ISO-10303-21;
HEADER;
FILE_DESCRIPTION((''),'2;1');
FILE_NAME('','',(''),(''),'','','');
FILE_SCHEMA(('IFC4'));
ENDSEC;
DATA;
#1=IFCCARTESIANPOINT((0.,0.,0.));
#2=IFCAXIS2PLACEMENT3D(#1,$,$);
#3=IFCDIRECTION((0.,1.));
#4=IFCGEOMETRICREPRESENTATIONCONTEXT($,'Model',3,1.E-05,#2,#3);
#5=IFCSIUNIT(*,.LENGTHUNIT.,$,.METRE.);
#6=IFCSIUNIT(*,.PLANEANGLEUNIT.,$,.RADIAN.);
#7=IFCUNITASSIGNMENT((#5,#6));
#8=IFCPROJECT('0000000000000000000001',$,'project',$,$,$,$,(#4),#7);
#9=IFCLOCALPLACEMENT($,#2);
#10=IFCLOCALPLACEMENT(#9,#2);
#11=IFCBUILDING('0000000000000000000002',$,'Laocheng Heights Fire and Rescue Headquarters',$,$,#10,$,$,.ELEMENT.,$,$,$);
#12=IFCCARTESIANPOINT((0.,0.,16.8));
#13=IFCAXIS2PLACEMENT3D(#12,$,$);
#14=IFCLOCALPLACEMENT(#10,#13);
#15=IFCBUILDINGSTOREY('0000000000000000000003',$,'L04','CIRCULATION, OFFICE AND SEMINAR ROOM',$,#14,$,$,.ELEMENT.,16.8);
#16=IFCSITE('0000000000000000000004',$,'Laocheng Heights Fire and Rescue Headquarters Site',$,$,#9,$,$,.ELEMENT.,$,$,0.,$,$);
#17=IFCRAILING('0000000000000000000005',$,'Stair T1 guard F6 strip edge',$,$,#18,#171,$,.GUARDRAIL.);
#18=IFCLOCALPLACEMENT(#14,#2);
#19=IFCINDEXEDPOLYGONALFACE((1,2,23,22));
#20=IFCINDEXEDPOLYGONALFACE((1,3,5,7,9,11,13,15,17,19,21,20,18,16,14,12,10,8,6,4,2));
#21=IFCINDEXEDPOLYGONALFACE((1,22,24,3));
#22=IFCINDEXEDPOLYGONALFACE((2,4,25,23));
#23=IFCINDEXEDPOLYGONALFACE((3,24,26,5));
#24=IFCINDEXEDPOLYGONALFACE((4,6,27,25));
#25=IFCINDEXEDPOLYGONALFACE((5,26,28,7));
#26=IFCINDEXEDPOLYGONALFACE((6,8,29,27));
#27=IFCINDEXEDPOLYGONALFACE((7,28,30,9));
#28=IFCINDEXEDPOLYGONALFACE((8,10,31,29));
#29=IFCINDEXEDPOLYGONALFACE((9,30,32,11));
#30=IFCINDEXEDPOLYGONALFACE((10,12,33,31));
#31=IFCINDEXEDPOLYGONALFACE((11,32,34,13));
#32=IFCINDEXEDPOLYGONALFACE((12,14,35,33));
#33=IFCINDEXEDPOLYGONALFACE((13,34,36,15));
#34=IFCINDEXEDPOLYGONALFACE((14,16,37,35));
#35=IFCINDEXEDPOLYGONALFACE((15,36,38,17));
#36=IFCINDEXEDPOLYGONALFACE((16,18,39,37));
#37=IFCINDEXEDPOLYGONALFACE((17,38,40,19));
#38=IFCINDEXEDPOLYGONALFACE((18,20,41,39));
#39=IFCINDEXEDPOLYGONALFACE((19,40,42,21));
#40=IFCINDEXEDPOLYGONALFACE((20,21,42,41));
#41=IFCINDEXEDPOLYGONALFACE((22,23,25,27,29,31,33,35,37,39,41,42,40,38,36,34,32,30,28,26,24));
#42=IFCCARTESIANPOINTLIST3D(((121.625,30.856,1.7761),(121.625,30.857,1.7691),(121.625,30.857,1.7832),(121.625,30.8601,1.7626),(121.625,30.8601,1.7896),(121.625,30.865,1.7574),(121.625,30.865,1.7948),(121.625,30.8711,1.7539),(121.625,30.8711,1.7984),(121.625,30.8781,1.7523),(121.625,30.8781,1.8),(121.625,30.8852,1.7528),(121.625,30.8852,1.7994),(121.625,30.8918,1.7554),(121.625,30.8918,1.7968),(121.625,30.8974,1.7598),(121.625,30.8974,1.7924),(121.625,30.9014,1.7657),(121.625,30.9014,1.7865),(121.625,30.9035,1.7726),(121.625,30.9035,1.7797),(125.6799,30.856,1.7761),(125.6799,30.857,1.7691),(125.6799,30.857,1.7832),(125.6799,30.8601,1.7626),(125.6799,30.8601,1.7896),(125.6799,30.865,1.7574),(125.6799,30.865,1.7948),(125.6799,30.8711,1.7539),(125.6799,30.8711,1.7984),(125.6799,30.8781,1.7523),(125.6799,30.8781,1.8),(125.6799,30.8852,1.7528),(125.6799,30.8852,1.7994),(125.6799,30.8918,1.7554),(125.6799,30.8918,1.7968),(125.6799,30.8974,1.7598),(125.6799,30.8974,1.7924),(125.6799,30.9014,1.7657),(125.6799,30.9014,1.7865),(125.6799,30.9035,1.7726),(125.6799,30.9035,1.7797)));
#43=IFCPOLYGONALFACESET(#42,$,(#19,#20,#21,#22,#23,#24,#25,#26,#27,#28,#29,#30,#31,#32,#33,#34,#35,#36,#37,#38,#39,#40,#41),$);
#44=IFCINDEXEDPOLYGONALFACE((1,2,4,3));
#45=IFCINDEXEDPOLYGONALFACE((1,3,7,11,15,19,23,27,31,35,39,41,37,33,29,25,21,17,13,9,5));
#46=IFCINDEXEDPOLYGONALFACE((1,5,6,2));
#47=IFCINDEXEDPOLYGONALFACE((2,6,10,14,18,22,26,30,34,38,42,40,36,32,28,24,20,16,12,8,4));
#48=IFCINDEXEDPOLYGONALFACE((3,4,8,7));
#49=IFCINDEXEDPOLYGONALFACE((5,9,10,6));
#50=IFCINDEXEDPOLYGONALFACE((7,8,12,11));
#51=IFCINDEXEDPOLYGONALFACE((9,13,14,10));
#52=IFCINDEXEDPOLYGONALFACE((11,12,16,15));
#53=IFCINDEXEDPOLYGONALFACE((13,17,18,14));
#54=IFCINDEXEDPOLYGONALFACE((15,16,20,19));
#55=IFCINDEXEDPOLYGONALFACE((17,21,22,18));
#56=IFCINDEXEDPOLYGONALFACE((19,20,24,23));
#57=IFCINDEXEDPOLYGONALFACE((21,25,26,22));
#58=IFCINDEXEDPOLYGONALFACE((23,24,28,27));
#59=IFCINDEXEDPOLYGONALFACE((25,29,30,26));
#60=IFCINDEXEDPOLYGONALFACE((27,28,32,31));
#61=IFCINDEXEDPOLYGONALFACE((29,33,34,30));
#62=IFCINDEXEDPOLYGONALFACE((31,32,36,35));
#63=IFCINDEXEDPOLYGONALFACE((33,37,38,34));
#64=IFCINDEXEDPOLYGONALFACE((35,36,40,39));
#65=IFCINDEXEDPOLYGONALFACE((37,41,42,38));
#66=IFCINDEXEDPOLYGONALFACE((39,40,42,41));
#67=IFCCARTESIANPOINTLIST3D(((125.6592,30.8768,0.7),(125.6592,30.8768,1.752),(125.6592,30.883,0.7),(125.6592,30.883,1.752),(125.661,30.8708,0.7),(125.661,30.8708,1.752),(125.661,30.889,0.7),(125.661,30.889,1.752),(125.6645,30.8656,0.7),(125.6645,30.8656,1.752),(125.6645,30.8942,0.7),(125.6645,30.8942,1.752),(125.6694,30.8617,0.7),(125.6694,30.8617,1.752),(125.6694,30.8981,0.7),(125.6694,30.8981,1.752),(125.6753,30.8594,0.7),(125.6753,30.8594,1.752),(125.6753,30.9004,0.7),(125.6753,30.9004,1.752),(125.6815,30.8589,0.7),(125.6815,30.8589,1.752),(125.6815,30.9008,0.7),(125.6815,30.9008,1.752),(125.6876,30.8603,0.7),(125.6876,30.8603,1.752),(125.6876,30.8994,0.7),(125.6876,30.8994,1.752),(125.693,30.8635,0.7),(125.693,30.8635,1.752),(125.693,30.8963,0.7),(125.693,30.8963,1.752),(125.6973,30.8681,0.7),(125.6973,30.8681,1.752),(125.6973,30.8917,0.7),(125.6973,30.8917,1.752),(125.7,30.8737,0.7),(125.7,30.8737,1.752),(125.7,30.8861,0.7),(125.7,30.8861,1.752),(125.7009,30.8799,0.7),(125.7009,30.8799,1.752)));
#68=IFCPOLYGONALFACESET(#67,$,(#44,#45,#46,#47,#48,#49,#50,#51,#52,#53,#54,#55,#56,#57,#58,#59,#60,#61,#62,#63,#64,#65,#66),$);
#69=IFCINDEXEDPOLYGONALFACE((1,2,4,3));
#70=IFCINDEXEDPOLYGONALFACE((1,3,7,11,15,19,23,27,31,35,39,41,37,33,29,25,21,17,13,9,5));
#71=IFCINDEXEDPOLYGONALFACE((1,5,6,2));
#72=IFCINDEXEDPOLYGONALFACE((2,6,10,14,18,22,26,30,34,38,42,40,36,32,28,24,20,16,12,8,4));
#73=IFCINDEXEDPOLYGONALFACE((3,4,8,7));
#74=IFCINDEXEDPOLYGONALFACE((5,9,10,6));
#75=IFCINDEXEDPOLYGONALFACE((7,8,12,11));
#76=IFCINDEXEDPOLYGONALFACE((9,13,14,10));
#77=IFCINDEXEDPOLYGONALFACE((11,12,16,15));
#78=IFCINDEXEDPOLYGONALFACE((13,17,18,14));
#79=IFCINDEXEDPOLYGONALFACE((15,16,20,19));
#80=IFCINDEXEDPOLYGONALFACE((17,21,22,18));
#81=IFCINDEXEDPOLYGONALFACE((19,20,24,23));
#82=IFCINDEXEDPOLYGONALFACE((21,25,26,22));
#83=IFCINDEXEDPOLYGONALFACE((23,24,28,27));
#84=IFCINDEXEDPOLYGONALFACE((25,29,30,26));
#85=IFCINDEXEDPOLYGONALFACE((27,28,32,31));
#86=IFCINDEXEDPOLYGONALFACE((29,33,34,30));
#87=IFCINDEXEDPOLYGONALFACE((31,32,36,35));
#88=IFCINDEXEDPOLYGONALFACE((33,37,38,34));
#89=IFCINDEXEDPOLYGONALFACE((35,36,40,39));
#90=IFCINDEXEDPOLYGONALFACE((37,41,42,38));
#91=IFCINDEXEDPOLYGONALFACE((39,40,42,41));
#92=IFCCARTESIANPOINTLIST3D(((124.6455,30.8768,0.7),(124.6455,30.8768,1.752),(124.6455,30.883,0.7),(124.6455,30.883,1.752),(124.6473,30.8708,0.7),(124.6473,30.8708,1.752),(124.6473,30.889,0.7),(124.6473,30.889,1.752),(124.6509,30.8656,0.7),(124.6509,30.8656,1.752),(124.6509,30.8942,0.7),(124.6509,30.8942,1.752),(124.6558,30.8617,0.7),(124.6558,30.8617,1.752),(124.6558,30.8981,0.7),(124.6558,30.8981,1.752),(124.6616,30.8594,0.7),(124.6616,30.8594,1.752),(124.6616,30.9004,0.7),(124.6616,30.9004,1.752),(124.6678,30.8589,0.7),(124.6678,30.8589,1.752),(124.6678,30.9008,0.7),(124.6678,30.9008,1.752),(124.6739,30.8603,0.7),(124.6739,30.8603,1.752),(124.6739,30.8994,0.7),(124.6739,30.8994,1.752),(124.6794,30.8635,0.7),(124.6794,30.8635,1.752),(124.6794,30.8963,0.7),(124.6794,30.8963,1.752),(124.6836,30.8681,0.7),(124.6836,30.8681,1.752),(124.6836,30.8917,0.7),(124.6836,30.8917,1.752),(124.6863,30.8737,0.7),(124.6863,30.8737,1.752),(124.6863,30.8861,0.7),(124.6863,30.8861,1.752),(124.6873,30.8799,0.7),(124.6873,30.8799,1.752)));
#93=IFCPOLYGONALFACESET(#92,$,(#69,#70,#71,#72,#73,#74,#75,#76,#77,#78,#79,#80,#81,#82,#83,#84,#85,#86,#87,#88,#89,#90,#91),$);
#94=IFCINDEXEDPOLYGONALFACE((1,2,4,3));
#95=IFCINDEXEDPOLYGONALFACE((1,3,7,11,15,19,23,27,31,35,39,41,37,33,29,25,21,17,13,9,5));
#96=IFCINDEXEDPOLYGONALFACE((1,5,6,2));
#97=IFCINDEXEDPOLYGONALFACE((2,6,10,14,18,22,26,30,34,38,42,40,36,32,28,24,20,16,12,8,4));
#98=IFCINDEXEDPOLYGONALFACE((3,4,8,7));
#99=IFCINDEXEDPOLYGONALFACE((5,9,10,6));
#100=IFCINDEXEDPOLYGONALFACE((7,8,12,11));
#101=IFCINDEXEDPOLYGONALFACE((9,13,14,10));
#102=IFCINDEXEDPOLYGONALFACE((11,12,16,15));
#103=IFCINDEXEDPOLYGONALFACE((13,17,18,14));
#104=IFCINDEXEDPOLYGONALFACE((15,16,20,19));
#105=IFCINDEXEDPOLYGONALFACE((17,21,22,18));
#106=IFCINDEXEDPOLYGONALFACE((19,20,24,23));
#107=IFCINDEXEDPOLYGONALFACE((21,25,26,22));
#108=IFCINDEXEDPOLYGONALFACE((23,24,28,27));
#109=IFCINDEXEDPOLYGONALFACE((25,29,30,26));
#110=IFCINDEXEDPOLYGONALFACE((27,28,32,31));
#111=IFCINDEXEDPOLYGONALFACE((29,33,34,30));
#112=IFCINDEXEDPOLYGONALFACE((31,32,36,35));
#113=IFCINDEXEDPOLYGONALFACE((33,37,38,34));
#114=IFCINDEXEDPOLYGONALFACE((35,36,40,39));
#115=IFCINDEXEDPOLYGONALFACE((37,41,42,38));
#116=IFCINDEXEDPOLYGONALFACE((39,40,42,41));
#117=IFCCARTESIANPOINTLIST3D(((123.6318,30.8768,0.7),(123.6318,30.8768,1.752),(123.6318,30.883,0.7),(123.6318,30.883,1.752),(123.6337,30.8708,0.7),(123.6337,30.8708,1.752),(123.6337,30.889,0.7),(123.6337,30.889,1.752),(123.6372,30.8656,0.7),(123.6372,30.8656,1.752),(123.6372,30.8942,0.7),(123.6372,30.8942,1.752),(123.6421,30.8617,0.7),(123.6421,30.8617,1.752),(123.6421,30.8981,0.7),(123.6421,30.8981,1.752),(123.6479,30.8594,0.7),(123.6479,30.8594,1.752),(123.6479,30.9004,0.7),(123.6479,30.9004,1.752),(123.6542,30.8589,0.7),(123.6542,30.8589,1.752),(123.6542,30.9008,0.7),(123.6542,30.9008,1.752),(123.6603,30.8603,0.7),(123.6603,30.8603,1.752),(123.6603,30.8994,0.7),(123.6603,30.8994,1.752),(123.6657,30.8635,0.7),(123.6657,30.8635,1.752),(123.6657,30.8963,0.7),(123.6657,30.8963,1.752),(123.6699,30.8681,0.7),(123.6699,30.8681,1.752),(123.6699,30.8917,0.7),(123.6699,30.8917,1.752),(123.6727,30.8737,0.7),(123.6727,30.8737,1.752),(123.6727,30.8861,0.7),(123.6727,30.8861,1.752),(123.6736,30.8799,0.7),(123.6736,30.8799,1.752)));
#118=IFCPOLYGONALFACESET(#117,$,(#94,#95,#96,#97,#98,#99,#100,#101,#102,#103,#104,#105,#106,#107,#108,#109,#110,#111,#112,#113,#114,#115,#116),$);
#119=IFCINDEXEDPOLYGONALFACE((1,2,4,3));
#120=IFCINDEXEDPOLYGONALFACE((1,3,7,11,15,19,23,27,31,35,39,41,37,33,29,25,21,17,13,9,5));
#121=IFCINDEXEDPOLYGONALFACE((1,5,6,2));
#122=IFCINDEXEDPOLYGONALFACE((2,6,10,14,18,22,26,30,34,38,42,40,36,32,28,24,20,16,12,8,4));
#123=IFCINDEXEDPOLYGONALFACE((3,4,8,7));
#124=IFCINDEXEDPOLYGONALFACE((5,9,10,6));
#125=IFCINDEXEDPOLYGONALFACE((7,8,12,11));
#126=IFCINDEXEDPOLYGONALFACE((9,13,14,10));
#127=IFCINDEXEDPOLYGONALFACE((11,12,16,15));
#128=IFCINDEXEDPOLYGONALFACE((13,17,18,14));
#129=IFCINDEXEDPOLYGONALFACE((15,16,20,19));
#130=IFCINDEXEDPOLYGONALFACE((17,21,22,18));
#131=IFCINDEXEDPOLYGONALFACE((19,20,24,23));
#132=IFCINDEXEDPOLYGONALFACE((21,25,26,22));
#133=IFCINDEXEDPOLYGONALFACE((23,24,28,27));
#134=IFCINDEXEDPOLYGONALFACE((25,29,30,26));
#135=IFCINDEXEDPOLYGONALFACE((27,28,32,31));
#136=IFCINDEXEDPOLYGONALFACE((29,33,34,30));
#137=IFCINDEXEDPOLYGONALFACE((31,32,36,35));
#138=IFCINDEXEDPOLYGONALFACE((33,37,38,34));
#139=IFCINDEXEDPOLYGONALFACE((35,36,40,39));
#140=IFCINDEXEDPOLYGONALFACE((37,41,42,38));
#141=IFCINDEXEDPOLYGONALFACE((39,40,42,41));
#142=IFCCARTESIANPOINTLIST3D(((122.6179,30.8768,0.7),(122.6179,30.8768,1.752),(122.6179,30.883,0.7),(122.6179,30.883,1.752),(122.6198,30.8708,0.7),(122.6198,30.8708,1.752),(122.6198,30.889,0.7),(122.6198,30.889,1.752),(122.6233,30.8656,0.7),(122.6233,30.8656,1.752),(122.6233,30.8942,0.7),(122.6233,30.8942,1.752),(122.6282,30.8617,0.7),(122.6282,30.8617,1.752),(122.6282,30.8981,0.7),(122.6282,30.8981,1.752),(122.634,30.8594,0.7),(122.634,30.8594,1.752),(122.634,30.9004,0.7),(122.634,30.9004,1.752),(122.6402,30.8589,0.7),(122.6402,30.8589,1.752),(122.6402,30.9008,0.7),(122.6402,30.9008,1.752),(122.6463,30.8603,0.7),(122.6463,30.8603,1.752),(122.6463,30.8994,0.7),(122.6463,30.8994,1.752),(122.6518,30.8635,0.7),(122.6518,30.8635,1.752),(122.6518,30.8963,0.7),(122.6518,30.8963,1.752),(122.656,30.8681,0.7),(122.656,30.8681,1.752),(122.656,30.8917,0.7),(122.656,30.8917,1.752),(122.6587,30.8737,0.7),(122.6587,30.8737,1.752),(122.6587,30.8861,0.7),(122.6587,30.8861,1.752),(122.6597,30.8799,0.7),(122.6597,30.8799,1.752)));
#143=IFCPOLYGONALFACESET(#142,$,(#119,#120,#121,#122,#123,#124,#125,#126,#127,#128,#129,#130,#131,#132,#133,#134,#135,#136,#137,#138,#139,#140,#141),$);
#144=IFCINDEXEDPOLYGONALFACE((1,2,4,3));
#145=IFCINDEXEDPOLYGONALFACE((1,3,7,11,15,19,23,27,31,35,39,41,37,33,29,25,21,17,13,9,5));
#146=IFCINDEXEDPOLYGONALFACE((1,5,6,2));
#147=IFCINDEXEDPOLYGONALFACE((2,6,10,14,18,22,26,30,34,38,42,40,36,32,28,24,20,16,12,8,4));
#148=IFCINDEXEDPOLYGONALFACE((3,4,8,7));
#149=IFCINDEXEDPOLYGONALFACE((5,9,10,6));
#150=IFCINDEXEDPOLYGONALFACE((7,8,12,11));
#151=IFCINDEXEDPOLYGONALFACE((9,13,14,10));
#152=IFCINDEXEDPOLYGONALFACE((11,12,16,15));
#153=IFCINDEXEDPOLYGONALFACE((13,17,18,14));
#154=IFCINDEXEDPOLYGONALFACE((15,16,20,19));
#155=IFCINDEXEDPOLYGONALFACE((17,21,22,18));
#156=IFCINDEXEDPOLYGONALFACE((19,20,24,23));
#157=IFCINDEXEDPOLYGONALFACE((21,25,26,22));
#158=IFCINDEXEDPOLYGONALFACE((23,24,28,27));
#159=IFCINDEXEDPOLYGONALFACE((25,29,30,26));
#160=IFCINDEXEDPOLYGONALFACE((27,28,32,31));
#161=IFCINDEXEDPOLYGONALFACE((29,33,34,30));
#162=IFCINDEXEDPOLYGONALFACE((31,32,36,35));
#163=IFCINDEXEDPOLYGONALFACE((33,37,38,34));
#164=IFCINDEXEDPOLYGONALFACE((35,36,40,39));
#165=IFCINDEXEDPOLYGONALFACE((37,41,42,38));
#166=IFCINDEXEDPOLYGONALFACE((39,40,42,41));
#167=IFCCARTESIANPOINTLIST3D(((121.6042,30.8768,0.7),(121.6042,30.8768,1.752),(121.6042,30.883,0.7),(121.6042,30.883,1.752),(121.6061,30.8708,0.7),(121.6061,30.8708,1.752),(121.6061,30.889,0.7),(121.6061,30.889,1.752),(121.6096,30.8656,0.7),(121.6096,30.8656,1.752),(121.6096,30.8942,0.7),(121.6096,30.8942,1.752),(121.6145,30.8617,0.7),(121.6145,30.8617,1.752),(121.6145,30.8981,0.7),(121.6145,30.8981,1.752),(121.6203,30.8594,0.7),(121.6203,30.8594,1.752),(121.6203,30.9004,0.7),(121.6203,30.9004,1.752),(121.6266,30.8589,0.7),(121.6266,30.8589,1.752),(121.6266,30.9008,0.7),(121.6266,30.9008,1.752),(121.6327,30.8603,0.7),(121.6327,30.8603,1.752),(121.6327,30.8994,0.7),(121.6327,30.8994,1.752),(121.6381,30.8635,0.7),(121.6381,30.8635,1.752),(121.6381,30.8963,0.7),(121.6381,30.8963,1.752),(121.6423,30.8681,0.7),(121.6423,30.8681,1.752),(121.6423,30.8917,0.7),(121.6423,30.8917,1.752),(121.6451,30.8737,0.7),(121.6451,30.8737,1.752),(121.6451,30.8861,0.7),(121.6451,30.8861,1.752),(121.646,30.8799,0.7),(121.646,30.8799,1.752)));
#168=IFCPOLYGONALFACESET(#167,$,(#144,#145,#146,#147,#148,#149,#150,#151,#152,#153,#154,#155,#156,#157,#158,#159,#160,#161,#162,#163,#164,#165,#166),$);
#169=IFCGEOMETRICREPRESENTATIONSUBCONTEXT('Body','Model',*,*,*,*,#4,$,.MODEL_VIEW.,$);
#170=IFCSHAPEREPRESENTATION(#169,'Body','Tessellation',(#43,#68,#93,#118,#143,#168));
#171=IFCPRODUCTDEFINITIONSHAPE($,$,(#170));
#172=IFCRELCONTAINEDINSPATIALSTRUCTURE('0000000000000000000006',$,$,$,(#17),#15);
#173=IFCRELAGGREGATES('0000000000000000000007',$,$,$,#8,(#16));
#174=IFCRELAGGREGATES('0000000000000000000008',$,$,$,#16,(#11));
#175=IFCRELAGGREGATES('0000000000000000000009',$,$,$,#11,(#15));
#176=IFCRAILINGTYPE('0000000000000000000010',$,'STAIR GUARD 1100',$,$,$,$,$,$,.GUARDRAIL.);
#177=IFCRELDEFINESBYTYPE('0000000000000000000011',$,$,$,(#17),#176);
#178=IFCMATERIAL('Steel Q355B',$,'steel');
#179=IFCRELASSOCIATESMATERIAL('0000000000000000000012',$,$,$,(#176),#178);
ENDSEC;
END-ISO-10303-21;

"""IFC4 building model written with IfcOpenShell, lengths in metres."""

from ifc_helpers import new_model, si_unit, direction, frame, origin, origin_2d, place, context, subcontext, project, spatial, circle, extrude, material, type_object, element, save


model = new_model("IFC4")

# Units and contexts
model_context = context("Model", 3, precision=1e-05, world=origin(), true_north=direction((0.0, 1.0)))
body_context = subcontext(model_context, "Body", "Model", "MODEL_VIEW")
ifc_project = project(units=[si_unit("LENGTHUNIT", "METRE"), si_unit("PLANEANGLEUNIT", "RADIAN")], contexts=[model_context])

# Site, building, storey
site_placement = place(None, origin())
site = spatial("IfcSite", under=ifc_project, at=site_placement, Name="Laocheng Heights Fire and Rescue Headquarters Site", CompositionType="ELEMENT", RefElevation=0.0)
building_placement = place(site_placement, origin())
building = spatial("IfcBuilding", under=site, at=building_placement, Name="Laocheng Heights Fire and Rescue Headquarters", CompositionType="ELEMENT")
storey_placement = place(building_placement, frame((0.0, 0.0, 16.8)))
storey = spatial("IfcBuildingStorey", under=building, at=storey_placement, Name="L04", Description="CIRCULATION, OFFICE AND SEMINAR ROOM", CompositionType="ELEMENT", Elevation=16.8)

# Railing
ifc_material_1 = material(Name="Steel Q355B", Category="steel")
railing_type_1 = type_object("IfcRailingType", Name="STAIR GUARD 1100", PredefinedType="GUARDRAIL", material=ifc_material_1)
railing_1_placement = place(storey_placement, frame((125.6799, 30.8799, 0.7)))
element("IfcRailing", 1, at=railing_1_placement, inside=storey, type_object=railing_type_1, Name="Stair T1 guard F6 strip edge", PredefinedType="GUARDRAIL", context=body_context, shape_type="SweptSolid", body=[
    extrude(circle(Radius=0.0239, at=origin_2d()), frame((0.0, 0.0, 1.0762), z_axis=(-1.0, 0.0, 0.0), x_axis=(0.0, -1.0, 0.0)), (0.0, 0.0, 1.0), 4.0549),
    extrude(circle(Radius=0.021, at=origin_2d()), origin(), (0.0, 0.0, 1.0), 1.052),
    extrude(circle(Radius=0.021, at=origin_2d()), frame((-1.0137, 0.0, 0.0)), (0.0, 0.0, 1.0), 1.052),
    extrude(circle(Radius=0.021, at=origin_2d()), frame((-2.0273, 0.0, 0.0)), (0.0, 0.0, 1.0), 1.052),
    extrude(circle(Radius=0.021, at=origin_2d()), frame((-3.0413, 0.0, 0.0)), (0.0, 0.0, 1.0), 1.052),
    extrude(circle(Radius=0.021, at=origin_2d()), frame((-4.0549, 0.0, 0.0)), (0.0, 0.0, 1.0), 1.052),
])

save(model, "model.ifc")
